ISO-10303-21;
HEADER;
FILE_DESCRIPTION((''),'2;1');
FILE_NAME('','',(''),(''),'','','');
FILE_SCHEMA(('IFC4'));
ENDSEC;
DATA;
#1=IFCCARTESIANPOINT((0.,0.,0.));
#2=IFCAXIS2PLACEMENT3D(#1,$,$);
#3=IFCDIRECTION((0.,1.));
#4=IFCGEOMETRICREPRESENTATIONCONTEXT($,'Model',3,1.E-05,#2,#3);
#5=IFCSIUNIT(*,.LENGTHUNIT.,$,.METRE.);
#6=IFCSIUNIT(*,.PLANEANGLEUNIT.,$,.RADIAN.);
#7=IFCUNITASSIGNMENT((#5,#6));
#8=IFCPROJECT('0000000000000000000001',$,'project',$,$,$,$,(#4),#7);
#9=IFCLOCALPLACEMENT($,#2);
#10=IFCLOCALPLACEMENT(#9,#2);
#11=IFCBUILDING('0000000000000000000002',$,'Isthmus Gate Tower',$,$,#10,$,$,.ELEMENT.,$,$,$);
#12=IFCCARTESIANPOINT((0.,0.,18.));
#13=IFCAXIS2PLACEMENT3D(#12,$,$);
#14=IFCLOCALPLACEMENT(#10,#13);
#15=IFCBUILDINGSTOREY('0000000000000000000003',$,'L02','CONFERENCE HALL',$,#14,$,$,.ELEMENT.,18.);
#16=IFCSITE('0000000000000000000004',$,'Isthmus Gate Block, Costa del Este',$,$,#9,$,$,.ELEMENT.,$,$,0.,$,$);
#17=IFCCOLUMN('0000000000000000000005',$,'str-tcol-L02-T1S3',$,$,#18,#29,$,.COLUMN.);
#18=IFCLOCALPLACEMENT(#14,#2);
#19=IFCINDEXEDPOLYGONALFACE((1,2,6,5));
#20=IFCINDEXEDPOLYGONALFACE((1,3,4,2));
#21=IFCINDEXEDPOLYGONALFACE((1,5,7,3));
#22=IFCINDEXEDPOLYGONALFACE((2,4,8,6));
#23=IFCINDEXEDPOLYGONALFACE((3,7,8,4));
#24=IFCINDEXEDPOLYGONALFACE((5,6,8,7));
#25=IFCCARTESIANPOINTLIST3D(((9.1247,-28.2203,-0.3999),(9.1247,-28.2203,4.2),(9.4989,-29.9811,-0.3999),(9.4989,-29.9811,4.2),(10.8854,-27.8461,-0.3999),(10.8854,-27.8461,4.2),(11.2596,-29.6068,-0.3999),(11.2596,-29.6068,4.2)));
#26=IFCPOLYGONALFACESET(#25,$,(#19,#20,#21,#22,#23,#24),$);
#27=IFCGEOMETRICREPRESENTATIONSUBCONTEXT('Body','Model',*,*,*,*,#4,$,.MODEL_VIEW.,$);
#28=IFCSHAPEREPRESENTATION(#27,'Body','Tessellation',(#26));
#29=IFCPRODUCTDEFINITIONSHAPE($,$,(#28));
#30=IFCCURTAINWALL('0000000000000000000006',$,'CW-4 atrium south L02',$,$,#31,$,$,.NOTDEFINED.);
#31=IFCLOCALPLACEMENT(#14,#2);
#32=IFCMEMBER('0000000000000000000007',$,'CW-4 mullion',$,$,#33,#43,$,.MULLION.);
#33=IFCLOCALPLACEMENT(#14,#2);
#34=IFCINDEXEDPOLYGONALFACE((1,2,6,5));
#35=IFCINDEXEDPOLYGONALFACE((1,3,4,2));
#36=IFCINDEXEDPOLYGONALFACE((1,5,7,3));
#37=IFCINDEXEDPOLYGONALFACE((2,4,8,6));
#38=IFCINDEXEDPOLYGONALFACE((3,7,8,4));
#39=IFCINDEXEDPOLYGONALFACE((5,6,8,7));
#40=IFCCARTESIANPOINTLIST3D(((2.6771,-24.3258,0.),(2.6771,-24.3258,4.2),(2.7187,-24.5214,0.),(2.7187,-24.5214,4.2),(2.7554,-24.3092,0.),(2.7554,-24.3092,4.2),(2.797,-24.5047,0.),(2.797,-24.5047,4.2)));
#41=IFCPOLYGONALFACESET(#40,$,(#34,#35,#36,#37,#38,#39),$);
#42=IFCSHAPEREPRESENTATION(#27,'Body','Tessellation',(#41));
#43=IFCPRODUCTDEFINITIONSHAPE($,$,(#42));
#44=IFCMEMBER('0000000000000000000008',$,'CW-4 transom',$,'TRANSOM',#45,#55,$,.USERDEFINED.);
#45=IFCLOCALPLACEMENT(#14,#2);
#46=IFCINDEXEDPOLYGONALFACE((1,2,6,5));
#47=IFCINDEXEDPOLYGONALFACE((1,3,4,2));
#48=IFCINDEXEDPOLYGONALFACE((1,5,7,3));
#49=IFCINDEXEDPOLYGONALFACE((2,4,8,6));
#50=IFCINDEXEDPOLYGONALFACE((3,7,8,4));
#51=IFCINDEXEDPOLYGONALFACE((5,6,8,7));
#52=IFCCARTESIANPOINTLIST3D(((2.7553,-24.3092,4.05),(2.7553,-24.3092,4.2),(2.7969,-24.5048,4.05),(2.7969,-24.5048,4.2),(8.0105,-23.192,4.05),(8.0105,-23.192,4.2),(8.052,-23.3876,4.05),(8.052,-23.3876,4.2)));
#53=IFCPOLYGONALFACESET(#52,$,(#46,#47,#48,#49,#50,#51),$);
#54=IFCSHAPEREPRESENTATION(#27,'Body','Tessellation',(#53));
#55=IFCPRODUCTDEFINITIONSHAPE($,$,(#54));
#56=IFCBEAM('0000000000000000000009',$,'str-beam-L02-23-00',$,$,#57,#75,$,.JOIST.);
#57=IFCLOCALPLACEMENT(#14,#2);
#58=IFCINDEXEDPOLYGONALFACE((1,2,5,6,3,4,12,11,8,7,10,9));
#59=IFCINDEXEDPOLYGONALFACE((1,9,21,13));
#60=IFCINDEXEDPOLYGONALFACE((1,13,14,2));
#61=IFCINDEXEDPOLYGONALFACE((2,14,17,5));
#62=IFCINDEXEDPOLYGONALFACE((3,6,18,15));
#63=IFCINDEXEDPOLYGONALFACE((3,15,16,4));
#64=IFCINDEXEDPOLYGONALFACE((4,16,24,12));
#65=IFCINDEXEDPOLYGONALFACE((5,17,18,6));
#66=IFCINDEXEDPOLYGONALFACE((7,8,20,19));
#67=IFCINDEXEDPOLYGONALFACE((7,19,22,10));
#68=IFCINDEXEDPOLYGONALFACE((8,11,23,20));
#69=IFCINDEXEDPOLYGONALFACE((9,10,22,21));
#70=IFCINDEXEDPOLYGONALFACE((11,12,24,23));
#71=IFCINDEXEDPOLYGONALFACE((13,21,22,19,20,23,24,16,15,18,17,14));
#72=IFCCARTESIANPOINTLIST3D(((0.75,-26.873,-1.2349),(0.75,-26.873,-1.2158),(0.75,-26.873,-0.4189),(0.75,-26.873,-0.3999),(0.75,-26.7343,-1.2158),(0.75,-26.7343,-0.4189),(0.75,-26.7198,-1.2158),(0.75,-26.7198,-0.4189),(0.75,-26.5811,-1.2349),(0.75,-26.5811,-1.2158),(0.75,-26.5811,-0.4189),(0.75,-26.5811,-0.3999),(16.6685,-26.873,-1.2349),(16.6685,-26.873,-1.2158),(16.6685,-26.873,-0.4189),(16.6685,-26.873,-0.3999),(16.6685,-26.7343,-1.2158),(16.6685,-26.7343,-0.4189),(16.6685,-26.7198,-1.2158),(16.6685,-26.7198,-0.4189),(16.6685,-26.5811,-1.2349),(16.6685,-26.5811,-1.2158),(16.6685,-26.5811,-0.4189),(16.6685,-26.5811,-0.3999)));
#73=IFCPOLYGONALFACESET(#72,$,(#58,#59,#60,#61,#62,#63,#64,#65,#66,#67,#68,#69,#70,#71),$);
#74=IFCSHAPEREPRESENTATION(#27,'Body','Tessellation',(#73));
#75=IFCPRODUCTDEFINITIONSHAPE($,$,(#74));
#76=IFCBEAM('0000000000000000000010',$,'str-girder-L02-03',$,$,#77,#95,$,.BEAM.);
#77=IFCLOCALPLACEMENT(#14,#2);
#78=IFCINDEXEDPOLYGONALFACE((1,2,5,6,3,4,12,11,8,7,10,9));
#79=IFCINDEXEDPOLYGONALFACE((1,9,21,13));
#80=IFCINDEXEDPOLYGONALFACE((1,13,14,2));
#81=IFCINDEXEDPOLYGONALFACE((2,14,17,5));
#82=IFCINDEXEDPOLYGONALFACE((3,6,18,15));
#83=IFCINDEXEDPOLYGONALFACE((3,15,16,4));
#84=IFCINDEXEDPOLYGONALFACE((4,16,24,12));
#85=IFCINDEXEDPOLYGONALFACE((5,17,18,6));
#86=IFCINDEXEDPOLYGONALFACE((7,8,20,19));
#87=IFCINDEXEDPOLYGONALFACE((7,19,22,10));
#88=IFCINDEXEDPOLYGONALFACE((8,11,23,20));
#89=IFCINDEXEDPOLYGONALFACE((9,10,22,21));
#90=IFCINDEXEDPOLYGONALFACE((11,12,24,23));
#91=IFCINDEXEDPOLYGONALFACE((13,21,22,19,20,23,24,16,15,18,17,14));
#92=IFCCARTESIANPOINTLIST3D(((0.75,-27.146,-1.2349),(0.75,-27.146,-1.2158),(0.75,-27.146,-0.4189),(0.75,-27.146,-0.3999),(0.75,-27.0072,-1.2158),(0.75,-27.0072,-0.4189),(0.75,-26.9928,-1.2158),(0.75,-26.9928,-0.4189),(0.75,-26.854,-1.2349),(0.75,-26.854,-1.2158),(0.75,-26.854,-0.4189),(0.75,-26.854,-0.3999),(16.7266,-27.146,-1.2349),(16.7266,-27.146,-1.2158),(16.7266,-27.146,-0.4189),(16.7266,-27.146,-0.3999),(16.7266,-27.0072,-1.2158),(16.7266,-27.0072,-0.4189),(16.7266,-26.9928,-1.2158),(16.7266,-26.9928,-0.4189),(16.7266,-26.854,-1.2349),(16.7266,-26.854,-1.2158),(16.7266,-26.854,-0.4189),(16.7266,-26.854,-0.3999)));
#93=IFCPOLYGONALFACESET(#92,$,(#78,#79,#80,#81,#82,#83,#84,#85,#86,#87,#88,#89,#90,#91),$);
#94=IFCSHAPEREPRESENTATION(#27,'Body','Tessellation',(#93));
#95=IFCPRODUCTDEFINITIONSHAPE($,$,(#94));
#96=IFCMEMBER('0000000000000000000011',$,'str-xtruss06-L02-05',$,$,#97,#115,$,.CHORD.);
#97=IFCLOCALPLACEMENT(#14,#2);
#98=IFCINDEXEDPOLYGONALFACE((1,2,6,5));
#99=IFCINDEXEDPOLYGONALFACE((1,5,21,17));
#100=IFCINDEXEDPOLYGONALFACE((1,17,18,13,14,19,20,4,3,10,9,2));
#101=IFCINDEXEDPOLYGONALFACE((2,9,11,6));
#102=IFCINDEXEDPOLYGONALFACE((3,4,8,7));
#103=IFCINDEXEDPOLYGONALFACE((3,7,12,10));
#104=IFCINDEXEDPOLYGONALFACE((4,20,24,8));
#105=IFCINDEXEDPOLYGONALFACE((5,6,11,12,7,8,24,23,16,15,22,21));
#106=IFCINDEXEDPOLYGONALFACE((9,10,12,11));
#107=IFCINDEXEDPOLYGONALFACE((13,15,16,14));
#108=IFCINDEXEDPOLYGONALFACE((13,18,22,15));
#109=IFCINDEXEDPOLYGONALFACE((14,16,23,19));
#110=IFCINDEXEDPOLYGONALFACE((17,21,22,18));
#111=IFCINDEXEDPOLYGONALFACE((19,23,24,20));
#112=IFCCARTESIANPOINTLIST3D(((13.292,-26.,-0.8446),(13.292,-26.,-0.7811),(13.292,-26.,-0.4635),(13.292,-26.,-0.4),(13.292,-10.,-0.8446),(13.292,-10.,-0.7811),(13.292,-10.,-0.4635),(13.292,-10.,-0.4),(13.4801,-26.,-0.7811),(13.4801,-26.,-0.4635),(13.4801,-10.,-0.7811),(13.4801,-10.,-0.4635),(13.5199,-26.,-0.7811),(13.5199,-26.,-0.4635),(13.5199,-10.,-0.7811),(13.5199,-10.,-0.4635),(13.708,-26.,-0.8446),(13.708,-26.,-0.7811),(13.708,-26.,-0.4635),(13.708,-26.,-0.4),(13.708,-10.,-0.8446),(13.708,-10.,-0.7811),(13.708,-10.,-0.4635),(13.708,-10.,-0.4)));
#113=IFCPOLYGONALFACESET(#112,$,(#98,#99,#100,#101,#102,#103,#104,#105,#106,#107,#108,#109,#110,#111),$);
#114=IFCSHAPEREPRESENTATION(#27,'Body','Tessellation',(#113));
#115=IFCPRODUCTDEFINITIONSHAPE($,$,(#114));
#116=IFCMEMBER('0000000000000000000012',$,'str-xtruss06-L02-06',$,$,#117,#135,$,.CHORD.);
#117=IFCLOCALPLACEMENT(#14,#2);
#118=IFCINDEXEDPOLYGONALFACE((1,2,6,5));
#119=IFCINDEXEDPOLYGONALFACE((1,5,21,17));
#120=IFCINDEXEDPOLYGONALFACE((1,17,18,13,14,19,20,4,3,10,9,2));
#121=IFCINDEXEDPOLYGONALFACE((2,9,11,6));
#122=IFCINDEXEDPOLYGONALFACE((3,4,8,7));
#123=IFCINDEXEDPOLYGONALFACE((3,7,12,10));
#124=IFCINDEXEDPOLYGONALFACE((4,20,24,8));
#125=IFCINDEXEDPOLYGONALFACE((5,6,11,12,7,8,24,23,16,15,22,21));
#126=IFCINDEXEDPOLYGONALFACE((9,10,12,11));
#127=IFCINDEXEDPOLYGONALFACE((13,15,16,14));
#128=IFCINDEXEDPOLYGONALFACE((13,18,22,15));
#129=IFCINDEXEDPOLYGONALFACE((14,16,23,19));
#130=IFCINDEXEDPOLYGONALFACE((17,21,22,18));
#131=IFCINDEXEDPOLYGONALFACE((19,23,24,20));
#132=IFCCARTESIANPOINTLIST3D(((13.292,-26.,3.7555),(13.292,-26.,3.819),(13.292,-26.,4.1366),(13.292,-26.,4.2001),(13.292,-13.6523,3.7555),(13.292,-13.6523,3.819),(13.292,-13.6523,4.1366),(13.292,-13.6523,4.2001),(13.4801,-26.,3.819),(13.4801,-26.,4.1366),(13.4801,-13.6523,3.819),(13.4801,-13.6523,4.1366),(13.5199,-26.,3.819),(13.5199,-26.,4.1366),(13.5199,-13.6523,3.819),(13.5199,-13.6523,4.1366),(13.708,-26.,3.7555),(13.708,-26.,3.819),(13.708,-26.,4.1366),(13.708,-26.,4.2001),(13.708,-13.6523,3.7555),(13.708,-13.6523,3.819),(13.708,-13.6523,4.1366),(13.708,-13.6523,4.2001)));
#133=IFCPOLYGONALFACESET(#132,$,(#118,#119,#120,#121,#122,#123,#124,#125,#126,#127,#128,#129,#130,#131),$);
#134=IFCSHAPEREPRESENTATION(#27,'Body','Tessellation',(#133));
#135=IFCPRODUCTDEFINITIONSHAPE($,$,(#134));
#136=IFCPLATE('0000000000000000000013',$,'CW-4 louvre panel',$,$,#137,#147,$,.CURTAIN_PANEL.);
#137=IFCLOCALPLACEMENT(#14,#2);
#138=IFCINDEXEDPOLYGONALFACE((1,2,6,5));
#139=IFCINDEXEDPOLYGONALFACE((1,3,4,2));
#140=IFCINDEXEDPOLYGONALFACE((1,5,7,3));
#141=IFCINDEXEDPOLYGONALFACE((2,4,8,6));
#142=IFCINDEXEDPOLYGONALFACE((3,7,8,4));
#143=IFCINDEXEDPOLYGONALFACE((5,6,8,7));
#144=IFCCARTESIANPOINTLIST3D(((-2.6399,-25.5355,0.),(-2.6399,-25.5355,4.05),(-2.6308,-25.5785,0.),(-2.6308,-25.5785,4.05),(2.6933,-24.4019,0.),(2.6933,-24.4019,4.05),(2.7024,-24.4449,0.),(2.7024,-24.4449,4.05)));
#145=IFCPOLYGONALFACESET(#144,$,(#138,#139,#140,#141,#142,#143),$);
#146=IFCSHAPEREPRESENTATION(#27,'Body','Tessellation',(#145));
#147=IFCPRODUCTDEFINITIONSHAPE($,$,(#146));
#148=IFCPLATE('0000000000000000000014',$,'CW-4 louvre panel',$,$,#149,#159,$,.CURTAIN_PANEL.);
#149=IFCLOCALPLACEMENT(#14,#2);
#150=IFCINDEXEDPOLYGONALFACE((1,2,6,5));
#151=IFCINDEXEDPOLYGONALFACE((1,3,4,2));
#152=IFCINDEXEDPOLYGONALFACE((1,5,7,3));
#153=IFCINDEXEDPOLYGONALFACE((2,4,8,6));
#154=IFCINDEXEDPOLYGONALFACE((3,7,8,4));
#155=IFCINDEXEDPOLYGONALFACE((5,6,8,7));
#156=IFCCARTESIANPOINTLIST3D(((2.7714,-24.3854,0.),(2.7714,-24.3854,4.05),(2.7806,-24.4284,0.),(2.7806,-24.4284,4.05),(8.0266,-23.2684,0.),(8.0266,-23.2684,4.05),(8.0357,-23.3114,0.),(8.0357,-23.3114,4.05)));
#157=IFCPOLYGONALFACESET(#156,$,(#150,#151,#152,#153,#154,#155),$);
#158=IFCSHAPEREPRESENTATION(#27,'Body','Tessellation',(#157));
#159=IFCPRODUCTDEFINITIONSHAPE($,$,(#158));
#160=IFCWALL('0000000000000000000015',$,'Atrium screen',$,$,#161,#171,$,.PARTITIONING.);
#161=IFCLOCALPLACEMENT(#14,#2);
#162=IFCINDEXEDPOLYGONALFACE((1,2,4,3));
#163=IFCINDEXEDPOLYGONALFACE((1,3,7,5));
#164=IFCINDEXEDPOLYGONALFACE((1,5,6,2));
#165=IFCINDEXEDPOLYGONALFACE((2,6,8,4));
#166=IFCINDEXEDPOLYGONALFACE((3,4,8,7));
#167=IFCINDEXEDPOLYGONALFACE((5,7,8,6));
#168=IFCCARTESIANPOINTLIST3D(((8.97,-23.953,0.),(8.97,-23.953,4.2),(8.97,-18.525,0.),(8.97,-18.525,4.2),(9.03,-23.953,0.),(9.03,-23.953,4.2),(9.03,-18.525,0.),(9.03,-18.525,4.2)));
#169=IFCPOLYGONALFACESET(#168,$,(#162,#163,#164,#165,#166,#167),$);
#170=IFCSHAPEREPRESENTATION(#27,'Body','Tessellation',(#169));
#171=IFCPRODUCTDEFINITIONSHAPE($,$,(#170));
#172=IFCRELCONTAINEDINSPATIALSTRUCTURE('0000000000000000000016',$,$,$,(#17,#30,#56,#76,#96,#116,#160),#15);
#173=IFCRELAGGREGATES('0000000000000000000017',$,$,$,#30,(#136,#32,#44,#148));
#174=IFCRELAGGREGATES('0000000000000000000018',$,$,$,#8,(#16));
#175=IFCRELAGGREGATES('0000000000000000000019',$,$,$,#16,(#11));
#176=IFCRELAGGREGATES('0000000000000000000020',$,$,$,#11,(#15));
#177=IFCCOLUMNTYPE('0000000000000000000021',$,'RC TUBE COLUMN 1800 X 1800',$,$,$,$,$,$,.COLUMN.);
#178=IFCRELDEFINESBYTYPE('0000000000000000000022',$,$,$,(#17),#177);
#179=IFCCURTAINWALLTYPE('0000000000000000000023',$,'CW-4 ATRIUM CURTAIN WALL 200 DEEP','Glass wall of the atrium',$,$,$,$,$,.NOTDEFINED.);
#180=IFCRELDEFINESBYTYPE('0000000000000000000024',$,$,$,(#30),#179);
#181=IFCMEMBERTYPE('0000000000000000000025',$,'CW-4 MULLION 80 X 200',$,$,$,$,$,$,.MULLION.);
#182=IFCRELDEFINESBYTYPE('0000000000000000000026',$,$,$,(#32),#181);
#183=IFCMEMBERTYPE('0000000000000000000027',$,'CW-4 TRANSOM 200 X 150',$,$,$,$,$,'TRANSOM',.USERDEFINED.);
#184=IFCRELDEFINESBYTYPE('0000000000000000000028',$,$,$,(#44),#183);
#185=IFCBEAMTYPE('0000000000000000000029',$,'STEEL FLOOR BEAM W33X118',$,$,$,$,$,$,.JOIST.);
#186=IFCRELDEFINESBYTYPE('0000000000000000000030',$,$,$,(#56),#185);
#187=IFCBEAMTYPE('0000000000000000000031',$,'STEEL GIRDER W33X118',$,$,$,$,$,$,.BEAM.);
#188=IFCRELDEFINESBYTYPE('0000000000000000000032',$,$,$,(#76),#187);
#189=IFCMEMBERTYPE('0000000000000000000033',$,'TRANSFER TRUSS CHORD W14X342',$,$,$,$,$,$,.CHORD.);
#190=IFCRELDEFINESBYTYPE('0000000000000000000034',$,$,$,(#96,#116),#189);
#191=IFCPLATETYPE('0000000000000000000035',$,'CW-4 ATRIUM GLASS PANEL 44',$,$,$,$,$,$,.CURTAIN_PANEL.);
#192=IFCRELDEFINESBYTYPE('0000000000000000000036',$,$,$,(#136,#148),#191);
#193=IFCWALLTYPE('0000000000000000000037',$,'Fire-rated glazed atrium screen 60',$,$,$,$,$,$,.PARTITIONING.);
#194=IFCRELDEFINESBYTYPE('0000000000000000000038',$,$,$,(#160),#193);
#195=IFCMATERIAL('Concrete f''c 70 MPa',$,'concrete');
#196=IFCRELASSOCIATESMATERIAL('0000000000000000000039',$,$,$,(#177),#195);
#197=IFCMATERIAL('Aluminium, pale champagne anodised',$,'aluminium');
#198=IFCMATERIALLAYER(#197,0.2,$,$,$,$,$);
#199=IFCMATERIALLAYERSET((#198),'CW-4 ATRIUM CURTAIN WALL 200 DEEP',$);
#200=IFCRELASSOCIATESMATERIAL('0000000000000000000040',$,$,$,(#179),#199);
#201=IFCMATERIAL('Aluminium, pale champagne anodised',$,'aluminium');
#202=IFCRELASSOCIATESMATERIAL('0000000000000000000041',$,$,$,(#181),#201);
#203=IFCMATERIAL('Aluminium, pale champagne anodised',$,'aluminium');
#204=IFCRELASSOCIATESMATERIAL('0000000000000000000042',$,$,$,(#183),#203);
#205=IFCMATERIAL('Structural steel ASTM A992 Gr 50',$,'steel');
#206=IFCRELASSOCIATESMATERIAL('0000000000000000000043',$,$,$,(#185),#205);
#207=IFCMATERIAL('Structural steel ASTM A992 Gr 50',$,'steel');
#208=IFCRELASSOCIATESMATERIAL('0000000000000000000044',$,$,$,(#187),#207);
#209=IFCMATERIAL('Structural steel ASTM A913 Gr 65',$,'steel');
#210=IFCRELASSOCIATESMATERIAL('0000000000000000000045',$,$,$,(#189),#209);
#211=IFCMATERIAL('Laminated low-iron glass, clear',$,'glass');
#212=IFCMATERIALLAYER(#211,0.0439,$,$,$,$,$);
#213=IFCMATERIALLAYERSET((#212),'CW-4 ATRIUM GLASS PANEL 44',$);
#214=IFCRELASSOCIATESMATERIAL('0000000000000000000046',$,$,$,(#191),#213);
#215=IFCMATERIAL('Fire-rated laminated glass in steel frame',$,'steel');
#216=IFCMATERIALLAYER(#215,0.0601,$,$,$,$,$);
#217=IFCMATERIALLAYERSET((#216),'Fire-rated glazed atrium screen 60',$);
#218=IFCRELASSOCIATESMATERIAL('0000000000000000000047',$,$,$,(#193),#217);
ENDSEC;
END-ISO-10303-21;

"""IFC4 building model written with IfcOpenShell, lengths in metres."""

from ifc_helpers import new_model, si_unit, direction, frame, frame_2d, origin, origin_2d, place, context, subcontext, project, spatial, rectangle, i_section, extrude, material, layer, layer_set, material_profile, profile_set, type_object, element, aggregate, save


model = new_model("IFC4")

# Units and contexts
model_context = context("Model", 3, precision=1e-05, world=origin(), true_north=direction((0.0, 1.0)))
body_context = subcontext(model_context, "Body", "Model", "MODEL_VIEW")
ifc_project = project(units=[si_unit("LENGTHUNIT", "METRE"), si_unit("PLANEANGLEUNIT", "RADIAN")], contexts=[model_context])

# Site, building, storey
site_placement = place(None, origin())
site = spatial("IfcSite", under=ifc_project, at=site_placement, Name="Isthmus Gate Block, Costa del Este", CompositionType="ELEMENT", RefElevation=0.0)
building_placement = place(site_placement, origin())
building = spatial("IfcBuilding", under=site, at=building_placement, Name="Isthmus Gate Tower", CompositionType="ELEMENT")
storey_placement = place(building_placement, frame((0.0, 0.0, 18.0)))
storey = spatial("IfcBuildingStorey", under=building, at=storey_placement, Name="L02", Description="CONFERENCE HALL", CompositionType="ELEMENT", Elevation=18.0)

# Column
ifc_material_1 = material(Name="Concrete f'c 70 MPa", Category="concrete")
ifc_material_profile_1 = material_profile(ifc_material_1, rectangle(XDim=1.8, YDim=1.8, at=origin_2d()), Name="RC 1800X1800")
ifc_profile_set_1 = profile_set([ifc_material_profile_1], Name="Concrete f'c 70 MPa")
column_type = type_object("IfcColumnType", Name="RC TUBE COLUMN 1800 X 1800", PredefinedType="COLUMN", material=ifc_profile_set_1)
column_placement = place(storey_placement, frame((10.1921, -28.9136, -0.3999), z_axis=(0.0, 0.0, 1.0), x_axis=(0.978148, 0.207912, 0.0)))
element("IfcColumn", 1, at=column_placement, inside=storey, type_object=column_type, Name="str-tcol-L02-T1S3", PredefinedType="COLUMN", context=body_context, shape_type="SweptSolid", body=[
    extrude(rectangle(XDim=1.8, YDim=1.8, at=origin_2d()), origin(), (0.0, 0.0, 1.0), 4.5999),
])

# Curtain wall, members
ifc_material_2 = material(Name="Aluminium, pale champagne anodised", Category="aluminium")
ifc_layer_1 = layer(ifc_material_2, 0.2)
ifc_layer_set_1 = layer_set([ifc_layer_1], Name="CW-4 ATRIUM CURTAIN WALL 200 DEEP")
curtain_wall_type = type_object("IfcCurtainWallType", Name="CW-4 ATRIUM CURTAIN WALL 200 DEEP", Description="Glass wall of the atrium", PredefinedType="NOTDEFINED", material=ifc_layer_set_1)
curtain_wall_placement = place(storey_placement, origin())
curtain_wall = element("IfcCurtainWall", 2, at=curtain_wall_placement, inside=storey, type_object=curtain_wall_type, Name="CW-4 atrium south L02", PredefinedType="NOTDEFINED")
ifc_material_3 = material(Name="Aluminium, pale champagne anodised", Category="aluminium")
ifc_material_profile_2 = material_profile(ifc_material_3, rectangle(XDim=0.0801, YDim=0.2, at=origin_2d()), Name="80x200")
ifc_profile_set_2 = profile_set([ifc_material_profile_2], Name="Aluminium, pale champagne anodised")
member_type_1 = type_object("IfcMemberType", Name="CW-4 MULLION 80 X 200", PredefinedType="MULLION", material=ifc_profile_set_2)
member_1_placement = place(storey_placement, frame((2.7371, -24.4153, 0.0), z_axis=(0.0, 0.0, 1.0), x_axis=(0.978148, 0.207912, 0.0)))
member_1 = element("IfcMember", 3, at=member_1_placement, type_object=member_type_1, Name="CW-4 mullion", PredefinedType="MULLION", context=body_context, shape_type="SweptSolid", body=[
    extrude(rectangle(XDim=0.0801, YDim=0.2, at=origin_2d()), origin(), (0.0, 0.0, 1.0), 4.2),
])
ifc_material_4 = material(Name="Aluminium, pale champagne anodised", Category="aluminium")
ifc_material_profile_3 = material_profile(ifc_material_4, rectangle(XDim=0.2, YDim=0.1499, at=origin_2d()), Name="200x150")
ifc_profile_set_3 = profile_set([ifc_material_profile_3], Name="Aluminium, pale champagne anodised")
member_type_2 = type_object("IfcMemberType", Name="CW-4 TRANSOM 200 X 150", ElementType="TRANSOM", PredefinedType="USERDEFINED", material=ifc_profile_set_3)
member_2_placement = place(storey_placement, frame((2.7761, -24.407, 4.125), z_axis=(0.978141, 0.207943, 0.0), x_axis=(-0.207943, 0.978141, 0.0)))
member_2 = element("IfcMember", 4, at=member_2_placement, type_object=member_type_2, Name="CW-4 transom", ObjectType="TRANSOM", PredefinedType="USERDEFINED", context=body_context, shape_type="SweptSolid", body=[
    extrude(rectangle(XDim=0.2, YDim=0.1499, at=origin_2d()), origin(), (0.0, 0.0, 1.0), 5.3726),
])

# Beams
ifc_material_5 = material(Name="Structural steel ASTM A992 Gr 50", Category="steel")
ifc_material_profile_4 = material_profile(ifc_material_5, i_section(OverallWidth=0.292, OverallDepth=0.835, WebThickness=0.0144, FlangeThickness=0.019, at=origin_2d()), Name="W33X118")
ifc_profile_set_4 = profile_set([ifc_material_profile_4], Name="Structural steel ASTM A992 Gr 50")
beam_type_1 = type_object("IfcBeamType", Name="STEEL FLOOR BEAM W33X118", PredefinedType="JOIST", material=ifc_profile_set_4)
beam_1_placement = place(storey_placement, frame((0.75, -26.7271, -0.8174), z_axis=(1.0, 0.0, 0.0), x_axis=(0.0, 1.0, 0.0)))
element("IfcBeam", 5, at=beam_1_placement, inside=storey, type_object=beam_type_1, Name="str-beam-L02-23-00", PredefinedType="JOIST", context=body_context, shape_type="SweptSolid", body=[
    extrude(i_section(OverallWidth=0.292, OverallDepth=0.835, WebThickness=0.0144, FlangeThickness=0.019, at=origin_2d()), origin(), (0.0, 0.0, 1.0), 15.9185),
])
ifc_material_6 = material(Name="Structural steel ASTM A992 Gr 50", Category="steel")
ifc_material_profile_5 = material_profile(ifc_material_6, i_section(OverallWidth=0.292, OverallDepth=0.835, WebThickness=0.0144, FlangeThickness=0.019, at=origin_2d()), Name="W33X118")
ifc_profile_set_5 = profile_set([ifc_material_profile_5], Name="Structural steel ASTM A992 Gr 50")
beam_type_2 = type_object("IfcBeamType", Name="STEEL GIRDER W33X118", PredefinedType="BEAM", material=ifc_profile_set_5)
beam_2_placement = place(storey_placement, frame((0.75, -27.0, -0.8174), z_axis=(1.0, 0.0, 0.0), x_axis=(0.0, 1.0, 0.0)))
element("IfcBeam", 6, at=beam_2_placement, inside=storey, type_object=beam_type_2, Name="str-girder-L02-03", PredefinedType="BEAM", context=body_context, shape_type="SweptSolid", body=[
    extrude(i_section(OverallWidth=0.292, OverallDepth=0.835, WebThickness=0.0144, FlangeThickness=0.019, at=origin_2d()), origin(), (0.0, 0.0, 1.0), 15.9766),
])

# Members
ifc_material_7 = material(Name="Structural steel ASTM A913 Gr 65", Category="steel")
ifc_material_profile_6 = material_profile(ifc_material_7, i_section(OverallWidth=0.416, OverallDepth=0.4446, WebThickness=0.0398, FlangeThickness=0.0635, at=origin_2d()), Name="W14X342")
ifc_profile_set_6 = profile_set([ifc_material_profile_6], Name="Structural steel ASTM A913 Gr 65")
member_type_3 = type_object("IfcMemberType", Name="TRANSFER TRUSS CHORD W14X342", PredefinedType="CHORD", material=ifc_profile_set_6)
member_3_placement = place(storey_placement, frame((13.5, -26.0, -0.6223), z_axis=(0.0, 1.0, 0.0), x_axis=(-1.0, 0.0, 0.0)))
element("IfcMember", 7, at=member_3_placement, inside=storey, type_object=member_type_3, Name="str-xtruss06-L02-05", PredefinedType="CHORD", context=body_context, shape_type="SweptSolid", body=[
    extrude(i_section(OverallWidth=0.416, OverallDepth=0.4446, WebThickness=0.0398, FlangeThickness=0.0635, at=origin_2d()), origin(), (0.0, 0.0, 1.0), 16.0),
])
member_4_placement = place(storey_placement, frame((13.5, -26.0, 3.9778), z_axis=(0.0, 1.0, 0.0), x_axis=(-1.0, 0.0, 0.0)))
element("IfcMember", 8, at=member_4_placement, inside=storey, type_object=member_type_3, Name="str-xtruss06-L02-06", PredefinedType="CHORD", context=body_context, shape_type="SweptSolid", body=[
    extrude(i_section(OverallWidth=0.416, OverallDepth=0.4446, WebThickness=0.0398, FlangeThickness=0.0635, at=origin_2d()), origin(), (0.0, 0.0, 1.0), 12.3477),
])

# Plates
ifc_material_8 = material(Name="Laminated low-iron glass, clear", Category="glass")
ifc_layer_2 = layer(ifc_material_8, 0.0439)
ifc_layer_set_2 = layer_set([ifc_layer_2], Name="CW-4 ATRIUM GLASS PANEL 44")
plate_type = type_object("IfcPlateType", Name="CW-4 ATRIUM GLASS PANEL 44", PredefinedType="CURTAIN_PANEL", material=ifc_layer_set_2)
plate_1_placement = place(storey_placement, frame((0.0312, -24.9902, 0.0), z_axis=(0.0, 0.0, 1.0), x_axis=(0.978148, 0.207912, 0.0)))
plate_1 = element("IfcPlate", 9, at=plate_1_placement, type_object=plate_type, Name="CW-4 louvre panel", PredefinedType="CURTAIN_PANEL", context=body_context, shape_type="SweptSolid", body=[
    extrude(rectangle(XDim=5.4524, YDim=0.0439, at=origin_2d()), origin(), (0.0, 0.0, 1.0), 4.05),
])
plate_2_placement = place(storey_placement, frame((5.4036, -23.8484, 0.0), z_axis=(0.0, 0.0, 1.0), x_axis=(0.978148, 0.207912, 0.0)))
plate_2 = element("IfcPlate", 10, at=plate_2_placement, type_object=plate_type, Name="CW-4 louvre panel", PredefinedType="CURTAIN_PANEL", context=body_context, shape_type="SweptSolid", body=[
    extrude(rectangle(XDim=5.3726, YDim=0.0439, at=origin_2d()), origin(), (0.0, 0.0, 1.0), 4.05),
])
aggregate(curtain_wall, [plate_1, member_1, member_2, plate_2])

# Wall
ifc_material_9 = material(Name="Fire-rated laminated glass in steel frame", Category="steel")
ifc_layer_3 = layer(ifc_material_9, 0.0601)
ifc_layer_set_3 = layer_set([ifc_layer_3], Name="Fire-rated glazed atrium screen 60")
wall_type_1 = type_object("IfcWallType", Name="Fire-rated glazed atrium screen 60", PredefinedType="PARTITIONING", material=ifc_layer_set_3)
wall_1_placement = place(storey_placement, frame((9.0, -23.9529, 0.0), z_axis=(0.0, 0.0, 1.0), x_axis=(0.0, 1.0, 0.0)))
element("IfcWall", 11, at=wall_1_placement, inside=storey, type_object=wall_type_1, Name="Atrium screen", PredefinedType="PARTITIONING", context=body_context, shape_type="SweptSolid", body=[
    extrude(rectangle(XDim=5.428, YDim=0.0601, at=frame_2d((2.7139, 0.0))), origin(), (0.0, 0.0, 1.0), 4.2),
])

save(model, "model.ifc")
